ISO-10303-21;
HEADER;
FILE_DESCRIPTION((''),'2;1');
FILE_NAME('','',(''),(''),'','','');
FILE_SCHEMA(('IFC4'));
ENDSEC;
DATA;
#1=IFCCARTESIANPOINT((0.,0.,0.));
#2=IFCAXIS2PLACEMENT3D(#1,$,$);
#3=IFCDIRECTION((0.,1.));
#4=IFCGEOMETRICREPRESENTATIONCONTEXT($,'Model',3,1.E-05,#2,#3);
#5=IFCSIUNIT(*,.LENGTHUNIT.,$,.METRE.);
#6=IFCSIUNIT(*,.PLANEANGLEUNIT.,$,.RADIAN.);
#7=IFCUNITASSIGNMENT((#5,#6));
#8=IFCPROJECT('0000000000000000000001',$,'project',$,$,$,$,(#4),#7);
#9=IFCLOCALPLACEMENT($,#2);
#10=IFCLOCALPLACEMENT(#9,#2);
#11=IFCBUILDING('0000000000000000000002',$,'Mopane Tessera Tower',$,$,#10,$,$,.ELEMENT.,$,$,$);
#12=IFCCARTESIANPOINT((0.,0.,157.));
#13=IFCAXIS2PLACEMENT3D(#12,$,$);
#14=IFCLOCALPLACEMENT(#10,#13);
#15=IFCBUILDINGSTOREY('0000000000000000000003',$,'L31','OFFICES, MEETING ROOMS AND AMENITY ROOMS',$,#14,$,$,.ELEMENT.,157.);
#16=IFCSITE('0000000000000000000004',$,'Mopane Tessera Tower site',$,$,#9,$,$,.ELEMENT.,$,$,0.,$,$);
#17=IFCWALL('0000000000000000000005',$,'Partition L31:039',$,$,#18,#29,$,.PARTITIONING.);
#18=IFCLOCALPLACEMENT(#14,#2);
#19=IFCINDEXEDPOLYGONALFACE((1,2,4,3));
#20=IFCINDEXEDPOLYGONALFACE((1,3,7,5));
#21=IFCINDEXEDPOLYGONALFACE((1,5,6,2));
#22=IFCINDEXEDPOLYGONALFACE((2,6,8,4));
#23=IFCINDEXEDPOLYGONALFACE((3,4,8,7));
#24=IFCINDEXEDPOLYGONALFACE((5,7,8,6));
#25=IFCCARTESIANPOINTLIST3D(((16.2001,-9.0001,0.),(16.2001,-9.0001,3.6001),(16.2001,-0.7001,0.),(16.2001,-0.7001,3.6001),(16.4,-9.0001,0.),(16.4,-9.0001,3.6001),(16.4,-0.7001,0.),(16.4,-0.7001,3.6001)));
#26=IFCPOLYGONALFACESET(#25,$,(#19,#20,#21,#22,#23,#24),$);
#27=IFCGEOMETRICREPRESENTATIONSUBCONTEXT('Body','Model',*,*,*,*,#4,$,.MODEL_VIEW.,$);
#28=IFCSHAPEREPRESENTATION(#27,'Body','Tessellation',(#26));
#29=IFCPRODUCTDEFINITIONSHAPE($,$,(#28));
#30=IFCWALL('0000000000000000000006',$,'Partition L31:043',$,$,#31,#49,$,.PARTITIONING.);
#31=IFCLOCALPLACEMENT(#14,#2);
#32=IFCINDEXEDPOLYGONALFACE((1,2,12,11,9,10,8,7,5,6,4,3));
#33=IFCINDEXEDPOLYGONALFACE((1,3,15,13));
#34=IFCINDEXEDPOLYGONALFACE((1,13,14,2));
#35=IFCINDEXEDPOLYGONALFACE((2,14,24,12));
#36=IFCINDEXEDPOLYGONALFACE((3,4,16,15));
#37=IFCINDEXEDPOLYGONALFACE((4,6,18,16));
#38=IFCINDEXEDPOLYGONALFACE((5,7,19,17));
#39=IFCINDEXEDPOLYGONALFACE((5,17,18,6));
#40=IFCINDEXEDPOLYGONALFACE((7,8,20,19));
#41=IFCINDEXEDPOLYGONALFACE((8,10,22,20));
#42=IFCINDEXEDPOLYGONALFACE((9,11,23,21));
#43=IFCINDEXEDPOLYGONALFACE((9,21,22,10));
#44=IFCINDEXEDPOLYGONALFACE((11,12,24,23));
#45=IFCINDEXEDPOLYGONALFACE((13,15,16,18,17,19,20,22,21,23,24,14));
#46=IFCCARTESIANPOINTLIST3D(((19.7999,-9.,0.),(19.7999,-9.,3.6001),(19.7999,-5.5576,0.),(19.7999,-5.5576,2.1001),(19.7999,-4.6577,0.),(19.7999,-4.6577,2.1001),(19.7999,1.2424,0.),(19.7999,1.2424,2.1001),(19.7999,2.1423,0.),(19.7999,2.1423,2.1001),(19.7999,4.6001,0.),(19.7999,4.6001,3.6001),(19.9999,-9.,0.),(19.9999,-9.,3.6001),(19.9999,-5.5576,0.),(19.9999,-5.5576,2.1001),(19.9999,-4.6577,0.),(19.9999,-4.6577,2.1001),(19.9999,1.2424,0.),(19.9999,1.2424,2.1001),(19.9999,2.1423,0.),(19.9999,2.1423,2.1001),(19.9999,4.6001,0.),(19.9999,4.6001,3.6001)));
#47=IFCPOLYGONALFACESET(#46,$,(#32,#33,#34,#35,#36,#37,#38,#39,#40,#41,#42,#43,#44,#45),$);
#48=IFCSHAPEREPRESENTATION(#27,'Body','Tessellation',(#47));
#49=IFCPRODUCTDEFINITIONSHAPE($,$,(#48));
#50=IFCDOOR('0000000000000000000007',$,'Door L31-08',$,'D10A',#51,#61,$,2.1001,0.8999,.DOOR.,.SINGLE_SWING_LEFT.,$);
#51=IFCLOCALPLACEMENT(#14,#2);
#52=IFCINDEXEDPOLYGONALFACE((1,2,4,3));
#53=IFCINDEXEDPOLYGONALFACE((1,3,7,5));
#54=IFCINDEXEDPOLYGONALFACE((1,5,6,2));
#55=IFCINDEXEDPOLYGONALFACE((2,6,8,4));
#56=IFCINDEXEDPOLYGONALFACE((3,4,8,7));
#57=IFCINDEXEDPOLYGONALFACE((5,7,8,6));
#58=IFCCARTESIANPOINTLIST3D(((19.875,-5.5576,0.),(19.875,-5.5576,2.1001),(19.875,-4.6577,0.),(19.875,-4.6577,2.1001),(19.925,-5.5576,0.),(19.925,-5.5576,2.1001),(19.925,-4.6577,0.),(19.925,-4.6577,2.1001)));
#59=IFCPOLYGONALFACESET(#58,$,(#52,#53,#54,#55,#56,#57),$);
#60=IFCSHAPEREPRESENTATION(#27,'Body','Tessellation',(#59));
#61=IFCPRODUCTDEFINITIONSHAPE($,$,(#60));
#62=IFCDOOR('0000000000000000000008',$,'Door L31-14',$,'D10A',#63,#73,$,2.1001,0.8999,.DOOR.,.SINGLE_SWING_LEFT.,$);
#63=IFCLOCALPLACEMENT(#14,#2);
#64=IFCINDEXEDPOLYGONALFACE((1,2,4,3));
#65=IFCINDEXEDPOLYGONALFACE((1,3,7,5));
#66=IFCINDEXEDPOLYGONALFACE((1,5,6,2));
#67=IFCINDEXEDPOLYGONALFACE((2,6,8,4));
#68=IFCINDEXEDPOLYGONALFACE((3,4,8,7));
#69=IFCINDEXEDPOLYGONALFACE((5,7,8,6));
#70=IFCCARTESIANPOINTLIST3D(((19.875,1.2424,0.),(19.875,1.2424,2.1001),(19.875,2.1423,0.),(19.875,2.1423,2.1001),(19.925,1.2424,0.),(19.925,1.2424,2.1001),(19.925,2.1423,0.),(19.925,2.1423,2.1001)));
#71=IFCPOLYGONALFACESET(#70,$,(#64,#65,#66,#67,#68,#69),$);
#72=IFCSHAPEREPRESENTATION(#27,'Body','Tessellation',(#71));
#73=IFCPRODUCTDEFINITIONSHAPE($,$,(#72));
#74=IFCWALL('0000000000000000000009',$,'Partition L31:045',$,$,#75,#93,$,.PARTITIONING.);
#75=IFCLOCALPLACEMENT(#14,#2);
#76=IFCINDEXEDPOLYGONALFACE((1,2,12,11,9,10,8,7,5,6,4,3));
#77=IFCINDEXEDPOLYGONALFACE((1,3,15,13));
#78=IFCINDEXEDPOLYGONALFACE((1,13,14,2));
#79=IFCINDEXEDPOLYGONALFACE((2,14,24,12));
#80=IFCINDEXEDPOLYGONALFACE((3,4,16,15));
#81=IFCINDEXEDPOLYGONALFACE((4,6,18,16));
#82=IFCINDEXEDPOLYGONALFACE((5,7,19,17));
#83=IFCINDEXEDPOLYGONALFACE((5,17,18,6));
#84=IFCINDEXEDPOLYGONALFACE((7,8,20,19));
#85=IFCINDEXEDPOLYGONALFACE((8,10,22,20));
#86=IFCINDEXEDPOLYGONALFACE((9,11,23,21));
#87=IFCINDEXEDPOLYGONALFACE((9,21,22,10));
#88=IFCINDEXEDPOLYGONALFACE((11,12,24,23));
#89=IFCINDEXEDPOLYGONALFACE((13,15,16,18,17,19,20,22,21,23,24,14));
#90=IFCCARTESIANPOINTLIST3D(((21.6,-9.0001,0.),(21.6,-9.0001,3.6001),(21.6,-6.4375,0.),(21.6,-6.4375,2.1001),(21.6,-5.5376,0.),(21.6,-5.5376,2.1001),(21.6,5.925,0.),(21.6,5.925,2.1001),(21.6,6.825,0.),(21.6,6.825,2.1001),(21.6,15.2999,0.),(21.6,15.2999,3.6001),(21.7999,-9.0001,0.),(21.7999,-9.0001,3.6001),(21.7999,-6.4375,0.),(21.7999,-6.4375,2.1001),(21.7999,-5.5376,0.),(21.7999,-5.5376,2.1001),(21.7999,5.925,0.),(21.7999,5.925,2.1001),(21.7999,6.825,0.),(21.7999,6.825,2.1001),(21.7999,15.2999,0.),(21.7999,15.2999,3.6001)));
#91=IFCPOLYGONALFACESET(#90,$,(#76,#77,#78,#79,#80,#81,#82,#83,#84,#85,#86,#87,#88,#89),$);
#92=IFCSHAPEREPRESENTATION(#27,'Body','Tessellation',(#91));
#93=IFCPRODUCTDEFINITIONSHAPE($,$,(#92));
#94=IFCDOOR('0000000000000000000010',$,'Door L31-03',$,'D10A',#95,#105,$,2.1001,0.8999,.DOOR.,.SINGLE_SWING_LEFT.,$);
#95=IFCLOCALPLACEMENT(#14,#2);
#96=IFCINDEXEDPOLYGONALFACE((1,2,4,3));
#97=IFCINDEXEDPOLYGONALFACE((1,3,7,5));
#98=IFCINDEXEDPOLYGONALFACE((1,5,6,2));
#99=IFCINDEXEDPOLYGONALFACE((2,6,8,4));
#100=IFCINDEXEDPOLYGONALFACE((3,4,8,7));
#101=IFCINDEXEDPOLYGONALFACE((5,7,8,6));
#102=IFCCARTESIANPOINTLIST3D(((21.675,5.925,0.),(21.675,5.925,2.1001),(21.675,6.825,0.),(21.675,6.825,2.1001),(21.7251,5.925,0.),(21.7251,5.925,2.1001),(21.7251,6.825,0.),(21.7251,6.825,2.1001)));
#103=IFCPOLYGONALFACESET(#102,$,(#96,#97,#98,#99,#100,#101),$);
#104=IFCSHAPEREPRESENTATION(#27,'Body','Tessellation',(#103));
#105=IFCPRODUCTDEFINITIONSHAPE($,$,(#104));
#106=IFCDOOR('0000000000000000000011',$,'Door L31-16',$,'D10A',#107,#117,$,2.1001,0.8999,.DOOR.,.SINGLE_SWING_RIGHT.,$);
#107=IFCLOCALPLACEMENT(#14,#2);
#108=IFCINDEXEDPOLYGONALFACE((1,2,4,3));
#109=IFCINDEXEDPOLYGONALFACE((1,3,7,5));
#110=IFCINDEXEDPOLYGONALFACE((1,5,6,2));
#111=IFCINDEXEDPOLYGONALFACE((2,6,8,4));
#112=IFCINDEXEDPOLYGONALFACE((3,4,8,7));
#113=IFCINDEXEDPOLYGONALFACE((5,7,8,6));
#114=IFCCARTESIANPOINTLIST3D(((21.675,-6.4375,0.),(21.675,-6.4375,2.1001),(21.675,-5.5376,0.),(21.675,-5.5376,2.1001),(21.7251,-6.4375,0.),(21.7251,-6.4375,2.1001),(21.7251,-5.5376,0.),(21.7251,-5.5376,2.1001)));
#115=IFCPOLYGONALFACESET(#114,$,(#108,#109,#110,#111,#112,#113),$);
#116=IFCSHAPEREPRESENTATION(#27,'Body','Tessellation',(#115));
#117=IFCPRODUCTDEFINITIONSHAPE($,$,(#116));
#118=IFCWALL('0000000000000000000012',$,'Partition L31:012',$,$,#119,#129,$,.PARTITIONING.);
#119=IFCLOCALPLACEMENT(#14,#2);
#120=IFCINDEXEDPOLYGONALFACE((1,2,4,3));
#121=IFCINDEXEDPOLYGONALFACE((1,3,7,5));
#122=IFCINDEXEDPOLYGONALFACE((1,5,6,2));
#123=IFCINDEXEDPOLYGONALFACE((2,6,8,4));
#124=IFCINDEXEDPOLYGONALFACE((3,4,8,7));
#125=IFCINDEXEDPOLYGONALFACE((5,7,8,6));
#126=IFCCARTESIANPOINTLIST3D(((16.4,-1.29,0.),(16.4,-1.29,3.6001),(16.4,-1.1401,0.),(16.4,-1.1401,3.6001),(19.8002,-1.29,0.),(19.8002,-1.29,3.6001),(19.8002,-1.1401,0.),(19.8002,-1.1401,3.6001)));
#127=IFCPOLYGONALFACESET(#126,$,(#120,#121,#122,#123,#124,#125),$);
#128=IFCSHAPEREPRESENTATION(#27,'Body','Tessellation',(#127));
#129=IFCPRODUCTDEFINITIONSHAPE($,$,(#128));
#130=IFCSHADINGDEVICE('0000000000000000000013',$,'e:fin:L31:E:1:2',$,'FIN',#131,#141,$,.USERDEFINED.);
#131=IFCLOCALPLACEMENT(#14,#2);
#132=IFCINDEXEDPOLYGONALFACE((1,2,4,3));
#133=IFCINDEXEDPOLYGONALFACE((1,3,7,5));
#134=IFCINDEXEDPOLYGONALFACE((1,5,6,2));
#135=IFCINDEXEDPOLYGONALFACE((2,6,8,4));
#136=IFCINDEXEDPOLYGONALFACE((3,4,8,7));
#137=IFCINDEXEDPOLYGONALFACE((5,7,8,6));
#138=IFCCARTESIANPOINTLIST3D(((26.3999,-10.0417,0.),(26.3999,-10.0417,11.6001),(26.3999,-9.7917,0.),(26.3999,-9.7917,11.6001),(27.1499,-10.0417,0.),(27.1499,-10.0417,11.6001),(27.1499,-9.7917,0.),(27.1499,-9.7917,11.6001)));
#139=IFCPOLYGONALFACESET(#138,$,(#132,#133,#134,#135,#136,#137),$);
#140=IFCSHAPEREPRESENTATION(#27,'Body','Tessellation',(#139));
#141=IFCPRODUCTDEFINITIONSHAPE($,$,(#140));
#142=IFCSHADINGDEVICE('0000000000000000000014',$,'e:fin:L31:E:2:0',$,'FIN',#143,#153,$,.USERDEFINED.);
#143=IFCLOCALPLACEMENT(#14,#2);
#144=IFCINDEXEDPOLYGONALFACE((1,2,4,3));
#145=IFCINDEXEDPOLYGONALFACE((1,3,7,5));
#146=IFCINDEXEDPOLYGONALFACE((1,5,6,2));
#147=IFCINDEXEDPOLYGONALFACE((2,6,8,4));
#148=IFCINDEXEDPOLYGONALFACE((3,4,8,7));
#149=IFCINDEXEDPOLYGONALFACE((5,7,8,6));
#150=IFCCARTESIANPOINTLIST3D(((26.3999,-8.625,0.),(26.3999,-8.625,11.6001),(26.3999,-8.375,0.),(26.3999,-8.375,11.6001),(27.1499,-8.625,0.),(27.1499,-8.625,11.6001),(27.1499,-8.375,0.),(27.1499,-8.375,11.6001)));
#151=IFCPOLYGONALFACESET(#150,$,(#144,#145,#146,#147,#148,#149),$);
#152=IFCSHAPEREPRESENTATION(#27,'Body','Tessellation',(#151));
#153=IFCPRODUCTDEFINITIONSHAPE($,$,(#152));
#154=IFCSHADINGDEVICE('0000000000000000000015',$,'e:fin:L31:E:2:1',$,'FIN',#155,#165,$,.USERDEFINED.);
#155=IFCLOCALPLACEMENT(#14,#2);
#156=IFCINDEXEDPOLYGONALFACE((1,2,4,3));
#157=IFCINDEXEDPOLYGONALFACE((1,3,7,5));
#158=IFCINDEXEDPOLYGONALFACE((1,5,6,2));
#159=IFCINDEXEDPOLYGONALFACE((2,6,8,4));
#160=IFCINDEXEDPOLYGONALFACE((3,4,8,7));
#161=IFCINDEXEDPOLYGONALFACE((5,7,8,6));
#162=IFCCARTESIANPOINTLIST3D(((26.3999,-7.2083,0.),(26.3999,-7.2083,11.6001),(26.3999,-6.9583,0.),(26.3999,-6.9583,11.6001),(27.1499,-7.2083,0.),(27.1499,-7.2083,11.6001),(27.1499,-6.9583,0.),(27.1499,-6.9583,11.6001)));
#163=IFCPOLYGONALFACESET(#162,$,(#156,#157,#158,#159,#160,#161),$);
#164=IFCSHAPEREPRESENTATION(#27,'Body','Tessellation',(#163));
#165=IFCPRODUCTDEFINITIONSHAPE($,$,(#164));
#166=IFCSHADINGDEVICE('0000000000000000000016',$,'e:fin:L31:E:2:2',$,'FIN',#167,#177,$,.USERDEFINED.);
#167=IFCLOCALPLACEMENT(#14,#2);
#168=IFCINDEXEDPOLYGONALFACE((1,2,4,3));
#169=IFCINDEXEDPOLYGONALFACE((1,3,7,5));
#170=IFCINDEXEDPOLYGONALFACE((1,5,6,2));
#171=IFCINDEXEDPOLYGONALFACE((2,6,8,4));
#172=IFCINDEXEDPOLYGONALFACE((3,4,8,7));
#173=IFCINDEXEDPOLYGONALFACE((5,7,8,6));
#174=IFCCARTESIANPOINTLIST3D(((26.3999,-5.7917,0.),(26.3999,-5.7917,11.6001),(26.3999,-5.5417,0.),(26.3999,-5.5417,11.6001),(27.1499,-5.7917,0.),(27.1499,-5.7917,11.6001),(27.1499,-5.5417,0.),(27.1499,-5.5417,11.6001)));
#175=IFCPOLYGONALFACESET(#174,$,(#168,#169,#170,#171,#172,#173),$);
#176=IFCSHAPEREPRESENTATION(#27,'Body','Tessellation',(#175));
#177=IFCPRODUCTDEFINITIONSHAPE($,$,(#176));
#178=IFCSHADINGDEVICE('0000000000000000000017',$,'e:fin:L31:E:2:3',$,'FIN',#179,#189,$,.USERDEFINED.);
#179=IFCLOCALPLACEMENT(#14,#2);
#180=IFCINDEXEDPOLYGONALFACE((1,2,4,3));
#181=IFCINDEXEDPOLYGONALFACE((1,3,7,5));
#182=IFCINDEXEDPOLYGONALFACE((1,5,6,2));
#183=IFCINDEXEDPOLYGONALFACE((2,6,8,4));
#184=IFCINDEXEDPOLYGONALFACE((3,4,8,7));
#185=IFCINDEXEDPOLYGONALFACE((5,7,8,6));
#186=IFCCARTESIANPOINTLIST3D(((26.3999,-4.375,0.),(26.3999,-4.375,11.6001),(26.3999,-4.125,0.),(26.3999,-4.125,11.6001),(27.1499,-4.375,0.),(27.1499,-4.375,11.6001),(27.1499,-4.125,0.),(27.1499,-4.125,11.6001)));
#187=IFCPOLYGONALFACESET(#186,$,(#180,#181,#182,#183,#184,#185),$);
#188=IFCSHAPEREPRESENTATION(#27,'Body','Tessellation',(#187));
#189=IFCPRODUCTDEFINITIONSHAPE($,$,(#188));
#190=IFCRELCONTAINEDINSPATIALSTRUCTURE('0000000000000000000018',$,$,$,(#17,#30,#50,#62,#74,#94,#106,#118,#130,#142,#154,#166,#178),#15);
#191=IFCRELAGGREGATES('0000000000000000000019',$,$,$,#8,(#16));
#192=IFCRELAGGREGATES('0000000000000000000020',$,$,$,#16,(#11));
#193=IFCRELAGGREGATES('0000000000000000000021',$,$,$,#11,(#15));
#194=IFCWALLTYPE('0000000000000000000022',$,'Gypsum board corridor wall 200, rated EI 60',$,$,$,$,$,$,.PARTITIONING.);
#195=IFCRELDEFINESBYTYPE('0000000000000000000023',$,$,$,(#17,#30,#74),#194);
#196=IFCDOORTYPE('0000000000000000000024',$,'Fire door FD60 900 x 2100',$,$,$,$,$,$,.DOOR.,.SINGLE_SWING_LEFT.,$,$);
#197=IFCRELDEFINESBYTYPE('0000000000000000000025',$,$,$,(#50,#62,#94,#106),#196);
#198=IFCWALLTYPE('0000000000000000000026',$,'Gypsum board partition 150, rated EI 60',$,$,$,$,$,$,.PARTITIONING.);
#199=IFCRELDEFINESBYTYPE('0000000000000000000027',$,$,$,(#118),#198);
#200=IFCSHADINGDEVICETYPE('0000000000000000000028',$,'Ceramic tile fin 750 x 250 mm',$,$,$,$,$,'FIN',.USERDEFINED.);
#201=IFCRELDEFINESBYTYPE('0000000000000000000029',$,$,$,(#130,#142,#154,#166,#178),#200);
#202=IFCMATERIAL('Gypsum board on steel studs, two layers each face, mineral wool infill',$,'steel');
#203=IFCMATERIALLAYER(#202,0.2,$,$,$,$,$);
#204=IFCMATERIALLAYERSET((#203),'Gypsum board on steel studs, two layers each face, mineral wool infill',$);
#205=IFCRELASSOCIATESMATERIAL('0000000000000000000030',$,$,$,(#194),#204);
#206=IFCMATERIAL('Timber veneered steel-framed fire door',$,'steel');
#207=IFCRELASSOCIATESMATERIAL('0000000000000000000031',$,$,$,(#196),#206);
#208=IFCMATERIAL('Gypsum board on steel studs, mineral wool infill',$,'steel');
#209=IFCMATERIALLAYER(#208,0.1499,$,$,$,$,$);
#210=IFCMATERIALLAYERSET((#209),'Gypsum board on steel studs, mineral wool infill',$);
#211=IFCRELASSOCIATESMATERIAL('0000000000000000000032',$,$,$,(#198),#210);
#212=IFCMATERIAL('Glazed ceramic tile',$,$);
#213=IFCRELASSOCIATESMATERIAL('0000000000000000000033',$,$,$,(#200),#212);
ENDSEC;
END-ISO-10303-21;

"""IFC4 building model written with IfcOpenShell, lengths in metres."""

from ifc_helpers import new_model, si_unit, direction, frame, frame_2d, origin, origin_2d, place, context, subcontext, project, spatial, rectangle, extrude, material, layer, layer_set, type_object, element, fill, save


model = new_model("IFC4")

# Units and contexts
model_context = context("Model", 3, precision=1e-05, world=origin(), true_north=direction((0.0, 1.0)))
body_context = subcontext(model_context, "Body", "Model", "MODEL_VIEW")
ifc_project = project(units=[si_unit("LENGTHUNIT", "METRE"), si_unit("PLANEANGLEUNIT", "RADIAN")], contexts=[model_context])

# Site, building, storey
site_placement = place(None, origin())
site = spatial("IfcSite", under=ifc_project, at=site_placement, Name="Mopane Tessera Tower site", CompositionType="ELEMENT", RefElevation=0.0)
building_placement = place(site_placement, origin())
building = spatial("IfcBuilding", under=site, at=building_placement, Name="Mopane Tessera Tower", CompositionType="ELEMENT")
storey_placement = place(building_placement, frame((0.0, 0.0, 157.0)))
storey = spatial("IfcBuildingStorey", under=building, at=storey_placement, Name="L31", Description="OFFICES, MEETING ROOMS AND AMENITY ROOMS", CompositionType="ELEMENT", Elevation=157.0)

# Wall
ifc_material_1 = material(Name="Gypsum board on steel studs, two layers each face, mineral wool infill", Category="steel")
ifc_layer_1 = layer(ifc_material_1, 0.2)
ifc_layer_set_1 = layer_set([ifc_layer_1], Name="Gypsum board on steel studs, two layers each face, mineral wool infill")
wall_type_1 = type_object("IfcWallType", Name="Gypsum board corridor wall 200, rated EI 60", PredefinedType="PARTITIONING", material=ifc_layer_set_1)
wall_1_placement = place(storey_placement, frame((16.3, -9.0, 0.0), z_axis=(0.0, 0.0, 1.0), x_axis=(0.0, 1.0, 0.0)))
element("IfcWall", 1, at=wall_1_placement, inside=storey, type_object=wall_type_1, Name="Partition L31:039", PredefinedType="PARTITIONING", context=body_context, shape_type="SweptSolid", body=[
    extrude(rectangle(XDim=8.3, YDim=0.2, at=frame_2d((4.1499, 0.0))), origin(), (0.0, 0.0, 1.0), 3.6001),
])

# Walls, openings, doors
wall_2_placement = place(storey_placement, frame((19.8999, -9.0, 0.0), z_axis=(0.0, 0.0, 1.0), x_axis=(0.0, 1.0, 0.0)))
wall_2 = element("IfcWall", 2, at=wall_2_placement, inside=storey, type_object=wall_type_1, Name="Partition L31:043", PredefinedType="PARTITIONING", context=body_context, shape_type="SweptSolid", body=[
    extrude(rectangle(XDim=13.6001, YDim=0.2, at=frame_2d((6.8, 0.0))), origin(), (0.0, 0.0, 1.0), 3.6001),
])
opening_1_placement = place(wall_2_placement, frame((3.4424, 0.0, 0.0)))
opening_1 = element("IfcOpeningElement", 3, at=opening_1_placement, cuts=wall_2, PredefinedType="OPENING", context=body_context, shape_type="SweptSolid", body=[
    extrude(rectangle(XDim=0.8999, YDim=2.1001, at=frame_2d((0.45, 1.05))), frame((0.0, 0.1121, 0.0), z_axis=(0.0, -1.0, 0.0), x_axis=(1.0, 0.0, 0.0)), (0.0, 0.0, 1.0), 0.2239),
])
opening_2_placement = place(wall_2_placement, frame((10.2424, 0.0, 0.0)))
opening_2 = element("IfcOpeningElement", 4, at=opening_2_placement, cuts=wall_2, PredefinedType="OPENING", context=body_context, shape_type="SweptSolid", body=[
    extrude(rectangle(XDim=0.8999, YDim=2.1001, at=frame_2d((0.45, 1.05))), frame((0.0, 0.1121, 0.0), z_axis=(0.0, -1.0, 0.0), x_axis=(1.0, 0.0, 0.0)), (0.0, 0.0, 1.0), 0.2239),
])
ifc_material_2 = material(Name="Timber veneered steel-framed fire door", Category="steel")
door_type_1 = type_object("IfcDoorType", Name="Fire door FD60 900 x 2100", OperationType="SINGLE_SWING_LEFT", PredefinedType="DOOR", material=ifc_material_2)
door_1_placement = place(opening_1_placement, origin())
door_1 = element("IfcDoor", 5, at=door_1_placement, inside=storey, type_object=door_type_1, Name="Door L31-08", ObjectType="D10A", OperationType="SINGLE_SWING_LEFT", OverallHeight=2.1001, OverallWidth=0.8999, PredefinedType="DOOR", context=body_context, shape_type="SweptSolid", body=[
    extrude(rectangle(XDim=0.8999, YDim=2.1001, at=frame_2d((0.45, 1.05))), frame((0.0, 0.0249, 0.0), z_axis=(0.0, -1.0, 0.0), x_axis=(1.0, 0.0, 0.0)), (0.0, 0.0, 1.0), 0.05),
])
fill(opening_1, door_1)
door_2_placement = place(opening_2_placement, origin())
door_2 = element("IfcDoor", 6, at=door_2_placement, inside=storey, type_object=door_type_1, Name="Door L31-14", ObjectType="D10A", OperationType="SINGLE_SWING_LEFT", OverallHeight=2.1001, OverallWidth=0.8999, PredefinedType="DOOR", context=body_context, shape_type="SweptSolid", body=[
    extrude(rectangle(XDim=0.8999, YDim=2.1001, at=frame_2d((0.45, 1.05))), frame((0.0, 0.0249, 0.0), z_axis=(0.0, -1.0, 0.0), x_axis=(1.0, 0.0, 0.0)), (0.0, 0.0, 1.0), 0.05),
])
fill(opening_2, door_2)
wall_3_placement = place(storey_placement, frame((21.7, -9.0, 0.0), z_axis=(0.0, 0.0, 1.0), x_axis=(0.0, 1.0, 0.0)))
wall_3 = element("IfcWall", 7, at=wall_3_placement, inside=storey, type_object=wall_type_1, Name="Partition L31:045", PredefinedType="PARTITIONING", context=body_context, shape_type="SweptSolid", body=[
    extrude(rectangle(XDim=24.3, YDim=0.2, at=frame_2d((12.1499, 0.0))), origin(), (0.0, 0.0, 1.0), 3.6001),
])
opening_3_placement = place(wall_3_placement, frame((14.925, 0.0, 0.0)))
opening_3 = element("IfcOpeningElement", 8, at=opening_3_placement, cuts=wall_3, PredefinedType="OPENING", context=body_context, shape_type="SweptSolid", body=[
    extrude(rectangle(XDim=0.8999, YDim=2.1001, at=frame_2d((0.45, 1.05))), frame((0.0, 0.1121, 0.0), z_axis=(0.0, -1.0, 0.0), x_axis=(1.0, 0.0, 0.0)), (0.0, 0.0, 1.0), 0.2239),
])
opening_4_placement = place(wall_3_placement, frame((2.5625, 0.0, 0.0)))
opening_4 = element("IfcOpeningElement", 9, at=opening_4_placement, cuts=wall_3, PredefinedType="OPENING", context=body_context, shape_type="SweptSolid", body=[
    extrude(rectangle(XDim=0.8999, YDim=2.1001, at=frame_2d((0.45, 1.05))), frame((0.0, 0.1121, 0.0), z_axis=(0.0, -1.0, 0.0), x_axis=(1.0, 0.0, 0.0)), (0.0, 0.0, 1.0), 0.2239),
])
door_3_placement = place(opening_3_placement, origin())
door_3 = element("IfcDoor", 10, at=door_3_placement, inside=storey, type_object=door_type_1, Name="Door L31-03", ObjectType="D10A", OperationType="SINGLE_SWING_LEFT", OverallHeight=2.1001, OverallWidth=0.8999, PredefinedType="DOOR", context=body_context, shape_type="SweptSolid", body=[
    extrude(rectangle(XDim=0.8999, YDim=2.1001, at=frame_2d((0.45, 1.05))), frame((0.0, 0.0249, 0.0), z_axis=(0.0, -1.0, 0.0), x_axis=(1.0, 0.0, 0.0)), (0.0, 0.0, 1.0), 0.05),
])
fill(opening_3, door_3)
door_4_placement = place(opening_4_placement, origin())
door_4 = element("IfcDoor", 11, at=door_4_placement, inside=storey, type_object=door_type_1, Name="Door L31-16", ObjectType="D10A", OperationType="SINGLE_SWING_RIGHT", OverallHeight=2.1001, OverallWidth=0.8999, PredefinedType="DOOR", context=body_context, shape_type="SweptSolid", body=[
    extrude(rectangle(XDim=0.8999, YDim=2.1001, at=frame_2d((0.45, 1.05))), frame((0.0, 0.0249, 0.0), z_axis=(0.0, -1.0, 0.0), x_axis=(1.0, 0.0, 0.0)), (0.0, 0.0, 1.0), 0.05),
])
fill(opening_4, door_4)

# Wall
ifc_material_3 = material(Name="Gypsum board on steel studs, mineral wool infill", Category="steel")
ifc_layer_2 = layer(ifc_material_3, 0.1499)
ifc_layer_set_2 = layer_set([ifc_layer_2], Name="Gypsum board on steel studs, mineral wool infill")
wall_type_2 = type_object("IfcWallType", Name="Gypsum board partition 150, rated EI 60", PredefinedType="PARTITIONING", material=ifc_layer_set_2)
wall_4_placement = place(storey_placement, frame((16.3999, -1.2151, 0.0), z_axis=(0.0, 0.0, 1.0), x_axis=(1.0, 0.0, 0.0)))
element("IfcWall", 12, at=wall_4_placement, inside=storey, type_object=wall_type_2, Name="Partition L31:012", PredefinedType="PARTITIONING", context=body_context, shape_type="SweptSolid", body=[
    extrude(rectangle(XDim=3.4001, YDim=0.1499, at=frame_2d((1.7002, 0.0))), origin(), (0.0, 0.0, 1.0), 3.6001),
])

# Shading devices
ifc_material_4 = material(Name="Glazed ceramic tile")
shading_device_type = type_object("IfcShadingDeviceType", Name="Ceramic tile fin 750 x 250 mm", ElementType="FIN", PredefinedType="USERDEFINED", material=ifc_material_4)
for number, where, z_axis, x_axis, name in (
    (13, (26.7749, -9.9167, 0.0), (0.0, 0.0, 1.0), (0.0, 1.0, 0.0), "e:fin:L31:E:1:2"),
    (14, (26.7749, -8.5, 0.0), (0.0, 0.0, 1.0), (0.0, 1.0, 0.0), "e:fin:L31:E:2:0"),
    (15, (26.7749, -7.0833, 0.0), (0.0, 0.0, 1.0), (0.0, 1.0, 0.0), "e:fin:L31:E:2:1"),
    (16, (26.7749, -5.6667, 0.0), (0.0, 0.0, 1.0), (0.0, 1.0, 0.0), "e:fin:L31:E:2:2"),
    (17, (26.7749, -4.25, 0.0), (0.0, 0.0, 1.0), (0.0, 1.0, 0.0), "e:fin:L31:E:2:3"),
):
    element("IfcShadingDevice", number, at=place(storey_placement, frame(where, z_axis=z_axis, x_axis=x_axis)), inside=storey, type_object=shading_device_type, Name=name, ObjectType="FIN", PredefinedType="USERDEFINED", context=body_context, shape_type="SweptSolid", body=[
        extrude(rectangle(XDim=0.25, YDim=0.75, at=origin_2d()), origin(), (0.0, 0.0, 1.0), 11.6001),
    ])

save(model, "model.ifc")
